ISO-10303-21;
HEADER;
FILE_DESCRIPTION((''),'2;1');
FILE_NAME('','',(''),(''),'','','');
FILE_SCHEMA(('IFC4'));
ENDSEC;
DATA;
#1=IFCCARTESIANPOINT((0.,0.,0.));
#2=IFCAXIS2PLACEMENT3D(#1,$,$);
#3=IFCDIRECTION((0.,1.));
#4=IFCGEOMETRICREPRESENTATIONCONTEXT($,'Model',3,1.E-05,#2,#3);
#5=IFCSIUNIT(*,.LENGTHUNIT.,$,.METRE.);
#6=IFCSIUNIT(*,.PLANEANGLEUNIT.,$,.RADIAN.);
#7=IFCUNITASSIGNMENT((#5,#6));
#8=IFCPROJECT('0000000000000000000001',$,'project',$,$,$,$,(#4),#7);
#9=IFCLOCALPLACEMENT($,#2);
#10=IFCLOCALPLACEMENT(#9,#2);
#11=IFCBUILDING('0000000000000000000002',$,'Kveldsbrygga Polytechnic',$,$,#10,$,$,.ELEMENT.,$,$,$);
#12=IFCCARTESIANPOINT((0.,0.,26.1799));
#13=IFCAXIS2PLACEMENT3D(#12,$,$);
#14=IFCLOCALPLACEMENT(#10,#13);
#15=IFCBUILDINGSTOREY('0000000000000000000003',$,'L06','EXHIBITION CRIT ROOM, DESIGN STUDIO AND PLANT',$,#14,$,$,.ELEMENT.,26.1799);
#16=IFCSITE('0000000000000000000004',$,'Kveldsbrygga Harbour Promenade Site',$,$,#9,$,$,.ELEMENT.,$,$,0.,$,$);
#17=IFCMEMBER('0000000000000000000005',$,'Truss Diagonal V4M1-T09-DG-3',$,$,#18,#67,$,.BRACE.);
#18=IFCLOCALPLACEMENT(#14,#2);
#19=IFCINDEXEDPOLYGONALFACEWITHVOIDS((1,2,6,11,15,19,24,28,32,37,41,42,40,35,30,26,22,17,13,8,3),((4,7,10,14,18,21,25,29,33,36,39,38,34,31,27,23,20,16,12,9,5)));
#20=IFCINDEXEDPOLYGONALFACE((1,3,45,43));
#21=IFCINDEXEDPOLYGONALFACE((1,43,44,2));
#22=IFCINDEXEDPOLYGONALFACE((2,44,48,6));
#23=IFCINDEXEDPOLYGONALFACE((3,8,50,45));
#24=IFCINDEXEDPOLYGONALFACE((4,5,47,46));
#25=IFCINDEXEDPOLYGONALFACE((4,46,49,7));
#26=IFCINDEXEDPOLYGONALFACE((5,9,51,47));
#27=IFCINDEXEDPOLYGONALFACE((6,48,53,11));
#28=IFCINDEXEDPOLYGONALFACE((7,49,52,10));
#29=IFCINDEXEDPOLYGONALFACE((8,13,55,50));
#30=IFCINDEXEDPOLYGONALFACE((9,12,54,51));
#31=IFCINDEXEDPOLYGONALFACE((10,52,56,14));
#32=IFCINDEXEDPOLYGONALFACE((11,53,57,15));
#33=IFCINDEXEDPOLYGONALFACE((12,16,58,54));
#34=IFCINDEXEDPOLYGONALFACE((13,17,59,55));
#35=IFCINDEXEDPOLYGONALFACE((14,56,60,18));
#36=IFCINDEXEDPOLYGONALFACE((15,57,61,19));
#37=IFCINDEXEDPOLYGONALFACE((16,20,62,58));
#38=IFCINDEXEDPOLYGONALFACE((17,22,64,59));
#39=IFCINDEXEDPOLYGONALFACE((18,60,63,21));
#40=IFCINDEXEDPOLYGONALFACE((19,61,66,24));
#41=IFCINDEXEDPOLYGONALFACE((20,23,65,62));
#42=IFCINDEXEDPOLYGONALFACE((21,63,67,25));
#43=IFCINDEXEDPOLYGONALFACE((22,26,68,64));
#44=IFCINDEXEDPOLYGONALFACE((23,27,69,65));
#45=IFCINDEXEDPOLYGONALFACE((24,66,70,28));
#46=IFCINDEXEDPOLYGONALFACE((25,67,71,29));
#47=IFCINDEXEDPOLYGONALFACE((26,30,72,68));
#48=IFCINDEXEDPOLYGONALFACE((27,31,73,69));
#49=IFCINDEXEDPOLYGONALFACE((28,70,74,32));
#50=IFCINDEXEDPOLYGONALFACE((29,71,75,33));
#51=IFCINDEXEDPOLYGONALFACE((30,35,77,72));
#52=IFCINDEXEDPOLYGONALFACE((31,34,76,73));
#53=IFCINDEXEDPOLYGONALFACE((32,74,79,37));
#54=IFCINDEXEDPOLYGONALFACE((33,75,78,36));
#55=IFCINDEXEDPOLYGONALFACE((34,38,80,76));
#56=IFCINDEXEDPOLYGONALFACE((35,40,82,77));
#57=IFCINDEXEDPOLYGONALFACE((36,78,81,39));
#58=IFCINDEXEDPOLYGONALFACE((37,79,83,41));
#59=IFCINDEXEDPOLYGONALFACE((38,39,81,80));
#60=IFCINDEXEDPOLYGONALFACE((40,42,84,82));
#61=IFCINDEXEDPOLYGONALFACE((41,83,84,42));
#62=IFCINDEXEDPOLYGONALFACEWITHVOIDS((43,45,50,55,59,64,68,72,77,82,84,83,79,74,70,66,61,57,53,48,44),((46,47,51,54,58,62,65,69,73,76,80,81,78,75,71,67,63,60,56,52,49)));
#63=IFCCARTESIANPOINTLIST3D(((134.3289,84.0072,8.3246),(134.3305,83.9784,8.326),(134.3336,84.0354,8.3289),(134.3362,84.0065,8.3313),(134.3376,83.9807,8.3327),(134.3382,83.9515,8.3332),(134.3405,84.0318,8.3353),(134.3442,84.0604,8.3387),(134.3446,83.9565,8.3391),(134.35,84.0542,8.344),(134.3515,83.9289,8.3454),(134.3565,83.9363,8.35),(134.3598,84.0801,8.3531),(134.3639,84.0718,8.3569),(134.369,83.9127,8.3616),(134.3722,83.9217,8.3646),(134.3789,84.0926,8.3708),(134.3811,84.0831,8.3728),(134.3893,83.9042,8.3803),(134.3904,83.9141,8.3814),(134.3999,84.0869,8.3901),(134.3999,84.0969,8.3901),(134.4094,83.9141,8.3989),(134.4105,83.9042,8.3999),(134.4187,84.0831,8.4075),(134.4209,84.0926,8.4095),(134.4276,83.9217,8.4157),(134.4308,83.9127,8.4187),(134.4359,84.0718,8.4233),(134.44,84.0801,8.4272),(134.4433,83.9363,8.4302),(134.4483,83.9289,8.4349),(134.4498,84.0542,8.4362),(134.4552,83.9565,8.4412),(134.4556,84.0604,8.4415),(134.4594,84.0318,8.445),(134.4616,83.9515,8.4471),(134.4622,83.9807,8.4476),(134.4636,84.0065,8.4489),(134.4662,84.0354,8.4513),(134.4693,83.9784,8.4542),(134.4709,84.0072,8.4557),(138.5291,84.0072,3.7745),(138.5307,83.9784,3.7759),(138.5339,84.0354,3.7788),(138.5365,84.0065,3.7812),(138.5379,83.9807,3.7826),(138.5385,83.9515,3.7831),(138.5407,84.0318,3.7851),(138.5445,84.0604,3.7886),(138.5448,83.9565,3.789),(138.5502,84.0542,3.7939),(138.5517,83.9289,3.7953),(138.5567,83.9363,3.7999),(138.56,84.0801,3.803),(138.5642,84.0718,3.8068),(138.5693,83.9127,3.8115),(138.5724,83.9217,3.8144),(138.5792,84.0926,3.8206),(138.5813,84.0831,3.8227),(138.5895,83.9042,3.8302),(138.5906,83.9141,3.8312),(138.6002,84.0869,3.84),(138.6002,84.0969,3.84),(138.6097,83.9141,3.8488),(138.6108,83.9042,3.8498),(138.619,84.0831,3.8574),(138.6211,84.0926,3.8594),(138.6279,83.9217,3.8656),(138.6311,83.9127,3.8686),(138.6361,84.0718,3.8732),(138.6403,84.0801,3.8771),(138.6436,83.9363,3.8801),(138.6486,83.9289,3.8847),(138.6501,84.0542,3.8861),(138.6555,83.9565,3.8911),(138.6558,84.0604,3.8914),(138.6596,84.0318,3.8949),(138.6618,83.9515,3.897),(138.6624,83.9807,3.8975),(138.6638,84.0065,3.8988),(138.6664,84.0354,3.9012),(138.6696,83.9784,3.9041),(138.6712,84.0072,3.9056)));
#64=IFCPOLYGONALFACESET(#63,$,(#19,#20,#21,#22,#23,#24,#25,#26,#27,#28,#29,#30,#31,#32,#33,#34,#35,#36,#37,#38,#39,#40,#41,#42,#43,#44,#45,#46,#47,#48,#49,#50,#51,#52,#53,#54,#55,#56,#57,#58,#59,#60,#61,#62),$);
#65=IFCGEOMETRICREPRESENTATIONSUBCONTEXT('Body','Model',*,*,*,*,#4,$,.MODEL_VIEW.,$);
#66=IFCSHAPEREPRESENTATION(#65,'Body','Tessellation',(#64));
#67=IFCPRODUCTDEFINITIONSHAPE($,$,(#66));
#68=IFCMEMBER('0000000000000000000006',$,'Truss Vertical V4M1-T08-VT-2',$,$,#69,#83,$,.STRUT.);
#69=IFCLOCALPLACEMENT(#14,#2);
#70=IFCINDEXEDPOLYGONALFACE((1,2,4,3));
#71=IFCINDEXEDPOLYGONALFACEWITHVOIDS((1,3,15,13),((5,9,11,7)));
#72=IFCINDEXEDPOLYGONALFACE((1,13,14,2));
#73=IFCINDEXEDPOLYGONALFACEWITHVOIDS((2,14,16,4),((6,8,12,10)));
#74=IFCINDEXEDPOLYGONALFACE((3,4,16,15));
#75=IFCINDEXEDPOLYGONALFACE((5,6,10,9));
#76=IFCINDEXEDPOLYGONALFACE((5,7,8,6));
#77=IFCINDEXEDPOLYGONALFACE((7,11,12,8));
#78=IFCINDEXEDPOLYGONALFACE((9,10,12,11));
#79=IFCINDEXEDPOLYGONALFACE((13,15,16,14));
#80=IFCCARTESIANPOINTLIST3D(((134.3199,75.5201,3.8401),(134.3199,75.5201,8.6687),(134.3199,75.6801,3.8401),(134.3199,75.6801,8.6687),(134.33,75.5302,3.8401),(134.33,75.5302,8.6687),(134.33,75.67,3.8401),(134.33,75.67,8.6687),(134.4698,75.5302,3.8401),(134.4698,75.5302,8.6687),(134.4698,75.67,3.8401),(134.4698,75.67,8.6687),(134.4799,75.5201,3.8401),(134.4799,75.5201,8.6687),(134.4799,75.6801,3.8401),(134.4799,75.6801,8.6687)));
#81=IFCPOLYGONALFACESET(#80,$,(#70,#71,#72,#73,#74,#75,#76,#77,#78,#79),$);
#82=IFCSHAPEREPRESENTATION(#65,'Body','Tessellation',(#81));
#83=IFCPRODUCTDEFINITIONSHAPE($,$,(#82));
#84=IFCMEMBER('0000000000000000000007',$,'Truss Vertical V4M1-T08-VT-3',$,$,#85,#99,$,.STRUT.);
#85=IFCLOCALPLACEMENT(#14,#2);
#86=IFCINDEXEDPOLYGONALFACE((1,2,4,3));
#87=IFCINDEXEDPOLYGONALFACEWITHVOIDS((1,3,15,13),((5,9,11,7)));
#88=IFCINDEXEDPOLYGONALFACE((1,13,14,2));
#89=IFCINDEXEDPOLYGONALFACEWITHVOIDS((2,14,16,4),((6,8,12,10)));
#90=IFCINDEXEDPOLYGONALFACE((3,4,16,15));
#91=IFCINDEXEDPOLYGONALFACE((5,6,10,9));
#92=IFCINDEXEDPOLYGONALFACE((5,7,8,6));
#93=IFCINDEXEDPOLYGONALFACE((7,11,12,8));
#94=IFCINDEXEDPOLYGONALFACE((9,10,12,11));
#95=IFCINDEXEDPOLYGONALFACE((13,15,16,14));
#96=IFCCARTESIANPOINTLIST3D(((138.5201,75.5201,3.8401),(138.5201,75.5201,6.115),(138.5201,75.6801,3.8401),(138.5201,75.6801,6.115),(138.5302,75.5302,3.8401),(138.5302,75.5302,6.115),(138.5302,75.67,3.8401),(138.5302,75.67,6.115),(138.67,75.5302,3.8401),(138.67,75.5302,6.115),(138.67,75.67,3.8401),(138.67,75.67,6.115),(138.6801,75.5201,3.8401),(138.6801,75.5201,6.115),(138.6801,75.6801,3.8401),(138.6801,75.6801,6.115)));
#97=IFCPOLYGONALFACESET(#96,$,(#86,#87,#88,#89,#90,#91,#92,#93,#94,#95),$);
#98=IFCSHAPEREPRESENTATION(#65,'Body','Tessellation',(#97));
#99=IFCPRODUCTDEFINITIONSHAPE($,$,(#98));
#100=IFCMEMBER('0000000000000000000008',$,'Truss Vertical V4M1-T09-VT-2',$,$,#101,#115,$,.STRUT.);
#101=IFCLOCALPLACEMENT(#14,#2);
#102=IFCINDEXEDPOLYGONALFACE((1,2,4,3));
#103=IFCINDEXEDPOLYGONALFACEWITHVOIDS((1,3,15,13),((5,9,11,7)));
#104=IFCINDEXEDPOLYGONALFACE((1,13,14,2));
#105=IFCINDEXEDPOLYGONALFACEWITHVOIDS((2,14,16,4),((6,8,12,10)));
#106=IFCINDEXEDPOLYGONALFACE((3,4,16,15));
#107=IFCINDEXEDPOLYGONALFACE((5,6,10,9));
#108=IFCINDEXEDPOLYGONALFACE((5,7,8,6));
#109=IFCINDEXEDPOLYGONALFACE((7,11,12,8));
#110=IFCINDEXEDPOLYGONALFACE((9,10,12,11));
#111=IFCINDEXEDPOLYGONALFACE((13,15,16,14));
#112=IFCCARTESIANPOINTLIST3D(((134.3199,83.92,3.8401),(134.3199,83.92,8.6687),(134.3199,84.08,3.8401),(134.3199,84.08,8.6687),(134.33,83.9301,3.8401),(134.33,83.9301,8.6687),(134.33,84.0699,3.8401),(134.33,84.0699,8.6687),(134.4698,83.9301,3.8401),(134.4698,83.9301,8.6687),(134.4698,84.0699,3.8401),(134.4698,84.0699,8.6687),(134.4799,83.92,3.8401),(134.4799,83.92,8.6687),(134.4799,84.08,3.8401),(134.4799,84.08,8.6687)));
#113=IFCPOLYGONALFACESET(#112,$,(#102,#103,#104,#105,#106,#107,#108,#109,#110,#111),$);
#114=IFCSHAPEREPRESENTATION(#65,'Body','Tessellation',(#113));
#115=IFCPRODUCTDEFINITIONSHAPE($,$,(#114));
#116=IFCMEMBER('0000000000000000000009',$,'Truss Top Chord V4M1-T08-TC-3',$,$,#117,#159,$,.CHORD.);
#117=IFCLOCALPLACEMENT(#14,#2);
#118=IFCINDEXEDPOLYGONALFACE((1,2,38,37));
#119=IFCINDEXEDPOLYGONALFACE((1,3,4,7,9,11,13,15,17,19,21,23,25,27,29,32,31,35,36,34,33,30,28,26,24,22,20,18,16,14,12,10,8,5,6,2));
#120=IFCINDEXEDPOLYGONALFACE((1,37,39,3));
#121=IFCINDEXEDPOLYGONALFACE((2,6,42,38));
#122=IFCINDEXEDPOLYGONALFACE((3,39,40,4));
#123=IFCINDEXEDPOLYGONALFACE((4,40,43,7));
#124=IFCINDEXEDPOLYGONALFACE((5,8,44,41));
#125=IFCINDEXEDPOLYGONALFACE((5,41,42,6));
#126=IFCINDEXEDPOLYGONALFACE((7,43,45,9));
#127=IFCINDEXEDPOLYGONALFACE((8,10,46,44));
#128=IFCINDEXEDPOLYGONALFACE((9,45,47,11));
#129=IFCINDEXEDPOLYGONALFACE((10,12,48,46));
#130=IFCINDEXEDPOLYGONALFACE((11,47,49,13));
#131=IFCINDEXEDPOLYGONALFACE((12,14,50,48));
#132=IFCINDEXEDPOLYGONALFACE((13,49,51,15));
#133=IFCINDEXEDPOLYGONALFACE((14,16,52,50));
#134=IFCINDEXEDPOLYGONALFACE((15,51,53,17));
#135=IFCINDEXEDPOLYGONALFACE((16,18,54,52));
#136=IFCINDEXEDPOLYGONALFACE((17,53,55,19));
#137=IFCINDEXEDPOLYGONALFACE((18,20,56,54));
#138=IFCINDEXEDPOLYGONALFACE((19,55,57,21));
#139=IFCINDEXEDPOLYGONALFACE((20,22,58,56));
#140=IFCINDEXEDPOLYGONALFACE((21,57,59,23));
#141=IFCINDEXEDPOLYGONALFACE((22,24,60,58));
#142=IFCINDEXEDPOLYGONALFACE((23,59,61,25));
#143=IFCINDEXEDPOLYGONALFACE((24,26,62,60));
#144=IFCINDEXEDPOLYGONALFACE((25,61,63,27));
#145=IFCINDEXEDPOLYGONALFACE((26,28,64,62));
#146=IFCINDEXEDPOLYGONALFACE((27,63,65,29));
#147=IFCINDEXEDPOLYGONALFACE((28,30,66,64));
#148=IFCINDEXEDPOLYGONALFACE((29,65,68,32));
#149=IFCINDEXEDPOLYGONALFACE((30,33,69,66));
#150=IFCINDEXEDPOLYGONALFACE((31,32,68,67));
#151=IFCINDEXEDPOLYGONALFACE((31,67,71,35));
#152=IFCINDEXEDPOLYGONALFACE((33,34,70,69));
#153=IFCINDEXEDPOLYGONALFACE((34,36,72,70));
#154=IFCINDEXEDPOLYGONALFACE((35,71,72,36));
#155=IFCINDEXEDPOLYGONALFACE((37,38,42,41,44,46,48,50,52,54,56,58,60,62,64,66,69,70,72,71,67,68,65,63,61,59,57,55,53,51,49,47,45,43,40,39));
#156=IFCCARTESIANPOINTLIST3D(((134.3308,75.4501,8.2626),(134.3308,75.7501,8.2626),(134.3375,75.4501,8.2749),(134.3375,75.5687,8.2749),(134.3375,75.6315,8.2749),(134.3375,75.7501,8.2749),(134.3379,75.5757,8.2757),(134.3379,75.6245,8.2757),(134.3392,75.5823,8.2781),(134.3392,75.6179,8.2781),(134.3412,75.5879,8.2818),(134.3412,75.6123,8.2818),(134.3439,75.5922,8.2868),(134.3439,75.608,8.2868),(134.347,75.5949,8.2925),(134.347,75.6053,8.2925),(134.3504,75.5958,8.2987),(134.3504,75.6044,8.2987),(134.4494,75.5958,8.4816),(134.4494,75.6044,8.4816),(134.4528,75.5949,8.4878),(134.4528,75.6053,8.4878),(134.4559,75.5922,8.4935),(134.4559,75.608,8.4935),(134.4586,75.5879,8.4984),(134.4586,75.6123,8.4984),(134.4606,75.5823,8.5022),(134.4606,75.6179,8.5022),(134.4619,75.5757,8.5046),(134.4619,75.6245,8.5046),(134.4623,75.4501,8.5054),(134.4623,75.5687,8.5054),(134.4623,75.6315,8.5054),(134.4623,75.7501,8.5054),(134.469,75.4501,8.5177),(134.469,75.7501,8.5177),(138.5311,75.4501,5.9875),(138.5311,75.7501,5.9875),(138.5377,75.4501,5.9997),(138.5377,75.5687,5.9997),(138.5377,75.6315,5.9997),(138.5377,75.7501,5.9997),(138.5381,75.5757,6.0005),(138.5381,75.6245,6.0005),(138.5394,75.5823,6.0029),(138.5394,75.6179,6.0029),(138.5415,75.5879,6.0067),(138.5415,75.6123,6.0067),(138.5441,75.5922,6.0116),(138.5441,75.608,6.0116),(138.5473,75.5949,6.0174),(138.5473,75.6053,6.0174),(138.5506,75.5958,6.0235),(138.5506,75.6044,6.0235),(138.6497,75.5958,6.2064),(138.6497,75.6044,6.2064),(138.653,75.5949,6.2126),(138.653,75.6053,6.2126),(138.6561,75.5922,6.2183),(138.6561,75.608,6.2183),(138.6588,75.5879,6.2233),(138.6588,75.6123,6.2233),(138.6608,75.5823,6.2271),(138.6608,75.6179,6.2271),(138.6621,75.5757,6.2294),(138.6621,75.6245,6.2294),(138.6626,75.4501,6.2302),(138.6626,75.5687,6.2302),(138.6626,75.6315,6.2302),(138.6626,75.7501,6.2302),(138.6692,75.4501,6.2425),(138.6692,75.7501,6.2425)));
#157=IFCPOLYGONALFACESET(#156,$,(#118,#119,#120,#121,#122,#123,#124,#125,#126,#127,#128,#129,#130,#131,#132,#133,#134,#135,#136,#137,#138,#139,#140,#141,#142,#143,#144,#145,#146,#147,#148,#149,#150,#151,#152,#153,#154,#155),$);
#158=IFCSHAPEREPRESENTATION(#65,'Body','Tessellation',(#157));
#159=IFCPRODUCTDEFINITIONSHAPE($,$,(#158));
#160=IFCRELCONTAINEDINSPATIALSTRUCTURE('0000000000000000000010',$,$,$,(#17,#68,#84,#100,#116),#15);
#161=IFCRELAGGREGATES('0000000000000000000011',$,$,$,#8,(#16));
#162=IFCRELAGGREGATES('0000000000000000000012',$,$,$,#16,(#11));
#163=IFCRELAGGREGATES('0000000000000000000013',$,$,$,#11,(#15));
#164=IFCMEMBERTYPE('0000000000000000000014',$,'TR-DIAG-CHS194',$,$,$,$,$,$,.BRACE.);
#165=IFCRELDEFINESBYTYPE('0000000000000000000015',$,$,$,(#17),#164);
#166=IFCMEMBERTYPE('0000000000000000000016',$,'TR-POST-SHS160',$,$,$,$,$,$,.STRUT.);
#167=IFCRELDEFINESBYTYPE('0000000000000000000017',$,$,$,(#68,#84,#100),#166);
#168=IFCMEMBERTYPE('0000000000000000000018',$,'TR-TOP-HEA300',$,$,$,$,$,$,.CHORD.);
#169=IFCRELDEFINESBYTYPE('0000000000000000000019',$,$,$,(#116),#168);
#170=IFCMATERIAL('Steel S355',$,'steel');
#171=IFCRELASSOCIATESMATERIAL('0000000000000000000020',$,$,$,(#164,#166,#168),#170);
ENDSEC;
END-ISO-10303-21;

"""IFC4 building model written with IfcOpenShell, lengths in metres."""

from ifc_helpers import new_model, si_unit, direction, frame, origin, origin_2d, place, context, subcontext, project, spatial, hollow_rectangle, hollow_circle, i_section, extrude, material, material_profile, profile_set, type_object, element, save


model = new_model("IFC4")

# Units and contexts
model_context = context("Model", 3, precision=1e-05, world=origin(), true_north=direction((0.0, 1.0)))
body_context = subcontext(model_context, "Body", "Model", "MODEL_VIEW")
ifc_project = project(units=[si_unit("LENGTHUNIT", "METRE"), si_unit("PLANEANGLEUNIT", "RADIAN")], contexts=[model_context])

# Site, building, storey
site_placement = place(None, origin())
site = spatial("IfcSite", under=ifc_project, at=site_placement, Name="Kveldsbrygga Harbour Promenade Site", CompositionType="ELEMENT", RefElevation=0.0)
building_placement = place(site_placement, origin())
building = spatial("IfcBuilding", under=site, at=building_placement, Name="Kveldsbrygga Polytechnic", CompositionType="ELEMENT")
storey_placement = place(building_placement, frame((0.0, 0.0, 26.1799)))
storey = spatial("IfcBuildingStorey", under=building, at=storey_placement, Name="L06", Description="EXHIBITION CRIT ROOM, DESIGN STUDIO AND PLANT", CompositionType="ELEMENT", Elevation=26.1799)

# Shared definitions
ifc_material_1 = material(Name="Steel S355", Category="steel")

# Members
ifc_material_profile_1 = material_profile(ifc_material_1, hollow_circle(Radius=0.0969, WallThickness=0.01, at=origin_2d()), Name="CHS 193.7x10.0")
ifc_profile_set_1 = profile_set([ifc_material_profile_1], Name="Steel S355")
member_type_1 = type_object("IfcMemberType", Name="TR-DIAG-CHS194", PredefinedType="BRACE", material=ifc_profile_set_1)
for number, where, z_axis, x_axis, name in (
    (1, (134.3999, 84.0, 8.3901), (0.678293, 0.0, -0.734791), (0.0, 1.0, 0.0), "Truss Diagonal V4M1-T09-DG-3"),
):
    element("IfcMember", number, at=place(storey_placement, frame(where, z_axis=z_axis, x_axis=x_axis)), inside=storey, type_object=member_type_1, Name=name, PredefinedType="BRACE", context=body_context, shape_type="SweptSolid", body=[
        extrude(hollow_circle(Radius=0.0969, WallThickness=0.01, at=origin_2d()), origin(), (0.0, 0.0, 1.0), 6.1924),
    ])
ifc_material_profile_2 = material_profile(ifc_material_1, hollow_rectangle(XDim=0.1599, YDim=0.1599, WallThickness=0.01, at=origin_2d()), Name="SHS 160x160x10.0")
ifc_profile_set_2 = profile_set([ifc_material_profile_2], Name="Steel S355")
member_type_2 = type_object("IfcMemberType", Name="TR-POST-SHS160", PredefinedType="STRUT", material=ifc_profile_set_2)
member_1_placement = place(storey_placement, frame((134.3999, 75.6001, 3.8401), z_axis=(0.0, 0.0, 1.0), x_axis=(1.0, 0.0, 0.0)))
element("IfcMember", 2, at=member_1_placement, inside=storey, type_object=member_type_2, Name="Truss Vertical V4M1-T08-VT-2", PredefinedType="STRUT", context=body_context, shape_type="SweptSolid", body=[
    extrude(hollow_rectangle(XDim=0.1599, YDim=0.1599, WallThickness=0.01, at=origin_2d()), origin(), (0.0, 0.0, 1.0), 4.8286),
])
member_2_placement = place(storey_placement, frame((138.6001, 75.6001, 3.8401), z_axis=(0.0, 0.0, 1.0), x_axis=(1.0, 0.0, 0.0)))
element("IfcMember", 3, at=member_2_placement, inside=storey, type_object=member_type_2, Name="Truss Vertical V4M1-T08-VT-3", PredefinedType="STRUT", context=body_context, shape_type="SweptSolid", body=[
    extrude(hollow_rectangle(XDim=0.1599, YDim=0.1599, WallThickness=0.01, at=origin_2d()), origin(), (0.0, 0.0, 1.0), 2.2749),
])
member_3_placement = place(storey_placement, frame((134.3999, 84.0, 3.8401), z_axis=(0.0, 0.0, 1.0), x_axis=(1.0, 0.0, 0.0)))
element("IfcMember", 4, at=member_3_placement, inside=storey, type_object=member_type_2, Name="Truss Vertical V4M1-T09-VT-2", PredefinedType="STRUT", context=body_context, shape_type="SweptSolid", body=[
    extrude(hollow_rectangle(XDim=0.1599, YDim=0.1599, WallThickness=0.01, at=origin_2d()), origin(), (0.0, 0.0, 1.0), 4.8286),
])
ifc_material_profile_3 = material_profile(ifc_material_1, i_section(OverallWidth=0.3, OverallDepth=0.29, WebThickness=0.0085, FlangeThickness=0.0139, FilletRadius=0.0271, at=origin_2d()), Name="HEA 300")
ifc_profile_set_3 = profile_set([ifc_material_profile_3], Name="Steel S355")
member_type_3 = type_object("IfcMemberType", Name="TR-TOP-HEA300", PredefinedType="CHORD", material=ifc_profile_set_3)
member_4_placement = place(storey_placement, frame((134.3999, 75.6001, 8.3901), z_axis=(0.879288, 0.0, -0.47629), x_axis=(0.0, 1.0, 0.0)))
element("IfcMember", 5, at=member_4_placement, inside=storey, type_object=member_type_3, Name="Truss Top Chord V4M1-T08-TC-3", PredefinedType="CHORD", context=body_context, shape_type="SweptSolid", body=[
    extrude(i_section(OverallWidth=0.3, OverallDepth=0.29, WebThickness=0.0085, FlangeThickness=0.0139, FilletRadius=0.0271, at=origin_2d()), origin(), (0.0, 0.0, 1.0), 4.7769),
])

save(model, "model.ifc")
